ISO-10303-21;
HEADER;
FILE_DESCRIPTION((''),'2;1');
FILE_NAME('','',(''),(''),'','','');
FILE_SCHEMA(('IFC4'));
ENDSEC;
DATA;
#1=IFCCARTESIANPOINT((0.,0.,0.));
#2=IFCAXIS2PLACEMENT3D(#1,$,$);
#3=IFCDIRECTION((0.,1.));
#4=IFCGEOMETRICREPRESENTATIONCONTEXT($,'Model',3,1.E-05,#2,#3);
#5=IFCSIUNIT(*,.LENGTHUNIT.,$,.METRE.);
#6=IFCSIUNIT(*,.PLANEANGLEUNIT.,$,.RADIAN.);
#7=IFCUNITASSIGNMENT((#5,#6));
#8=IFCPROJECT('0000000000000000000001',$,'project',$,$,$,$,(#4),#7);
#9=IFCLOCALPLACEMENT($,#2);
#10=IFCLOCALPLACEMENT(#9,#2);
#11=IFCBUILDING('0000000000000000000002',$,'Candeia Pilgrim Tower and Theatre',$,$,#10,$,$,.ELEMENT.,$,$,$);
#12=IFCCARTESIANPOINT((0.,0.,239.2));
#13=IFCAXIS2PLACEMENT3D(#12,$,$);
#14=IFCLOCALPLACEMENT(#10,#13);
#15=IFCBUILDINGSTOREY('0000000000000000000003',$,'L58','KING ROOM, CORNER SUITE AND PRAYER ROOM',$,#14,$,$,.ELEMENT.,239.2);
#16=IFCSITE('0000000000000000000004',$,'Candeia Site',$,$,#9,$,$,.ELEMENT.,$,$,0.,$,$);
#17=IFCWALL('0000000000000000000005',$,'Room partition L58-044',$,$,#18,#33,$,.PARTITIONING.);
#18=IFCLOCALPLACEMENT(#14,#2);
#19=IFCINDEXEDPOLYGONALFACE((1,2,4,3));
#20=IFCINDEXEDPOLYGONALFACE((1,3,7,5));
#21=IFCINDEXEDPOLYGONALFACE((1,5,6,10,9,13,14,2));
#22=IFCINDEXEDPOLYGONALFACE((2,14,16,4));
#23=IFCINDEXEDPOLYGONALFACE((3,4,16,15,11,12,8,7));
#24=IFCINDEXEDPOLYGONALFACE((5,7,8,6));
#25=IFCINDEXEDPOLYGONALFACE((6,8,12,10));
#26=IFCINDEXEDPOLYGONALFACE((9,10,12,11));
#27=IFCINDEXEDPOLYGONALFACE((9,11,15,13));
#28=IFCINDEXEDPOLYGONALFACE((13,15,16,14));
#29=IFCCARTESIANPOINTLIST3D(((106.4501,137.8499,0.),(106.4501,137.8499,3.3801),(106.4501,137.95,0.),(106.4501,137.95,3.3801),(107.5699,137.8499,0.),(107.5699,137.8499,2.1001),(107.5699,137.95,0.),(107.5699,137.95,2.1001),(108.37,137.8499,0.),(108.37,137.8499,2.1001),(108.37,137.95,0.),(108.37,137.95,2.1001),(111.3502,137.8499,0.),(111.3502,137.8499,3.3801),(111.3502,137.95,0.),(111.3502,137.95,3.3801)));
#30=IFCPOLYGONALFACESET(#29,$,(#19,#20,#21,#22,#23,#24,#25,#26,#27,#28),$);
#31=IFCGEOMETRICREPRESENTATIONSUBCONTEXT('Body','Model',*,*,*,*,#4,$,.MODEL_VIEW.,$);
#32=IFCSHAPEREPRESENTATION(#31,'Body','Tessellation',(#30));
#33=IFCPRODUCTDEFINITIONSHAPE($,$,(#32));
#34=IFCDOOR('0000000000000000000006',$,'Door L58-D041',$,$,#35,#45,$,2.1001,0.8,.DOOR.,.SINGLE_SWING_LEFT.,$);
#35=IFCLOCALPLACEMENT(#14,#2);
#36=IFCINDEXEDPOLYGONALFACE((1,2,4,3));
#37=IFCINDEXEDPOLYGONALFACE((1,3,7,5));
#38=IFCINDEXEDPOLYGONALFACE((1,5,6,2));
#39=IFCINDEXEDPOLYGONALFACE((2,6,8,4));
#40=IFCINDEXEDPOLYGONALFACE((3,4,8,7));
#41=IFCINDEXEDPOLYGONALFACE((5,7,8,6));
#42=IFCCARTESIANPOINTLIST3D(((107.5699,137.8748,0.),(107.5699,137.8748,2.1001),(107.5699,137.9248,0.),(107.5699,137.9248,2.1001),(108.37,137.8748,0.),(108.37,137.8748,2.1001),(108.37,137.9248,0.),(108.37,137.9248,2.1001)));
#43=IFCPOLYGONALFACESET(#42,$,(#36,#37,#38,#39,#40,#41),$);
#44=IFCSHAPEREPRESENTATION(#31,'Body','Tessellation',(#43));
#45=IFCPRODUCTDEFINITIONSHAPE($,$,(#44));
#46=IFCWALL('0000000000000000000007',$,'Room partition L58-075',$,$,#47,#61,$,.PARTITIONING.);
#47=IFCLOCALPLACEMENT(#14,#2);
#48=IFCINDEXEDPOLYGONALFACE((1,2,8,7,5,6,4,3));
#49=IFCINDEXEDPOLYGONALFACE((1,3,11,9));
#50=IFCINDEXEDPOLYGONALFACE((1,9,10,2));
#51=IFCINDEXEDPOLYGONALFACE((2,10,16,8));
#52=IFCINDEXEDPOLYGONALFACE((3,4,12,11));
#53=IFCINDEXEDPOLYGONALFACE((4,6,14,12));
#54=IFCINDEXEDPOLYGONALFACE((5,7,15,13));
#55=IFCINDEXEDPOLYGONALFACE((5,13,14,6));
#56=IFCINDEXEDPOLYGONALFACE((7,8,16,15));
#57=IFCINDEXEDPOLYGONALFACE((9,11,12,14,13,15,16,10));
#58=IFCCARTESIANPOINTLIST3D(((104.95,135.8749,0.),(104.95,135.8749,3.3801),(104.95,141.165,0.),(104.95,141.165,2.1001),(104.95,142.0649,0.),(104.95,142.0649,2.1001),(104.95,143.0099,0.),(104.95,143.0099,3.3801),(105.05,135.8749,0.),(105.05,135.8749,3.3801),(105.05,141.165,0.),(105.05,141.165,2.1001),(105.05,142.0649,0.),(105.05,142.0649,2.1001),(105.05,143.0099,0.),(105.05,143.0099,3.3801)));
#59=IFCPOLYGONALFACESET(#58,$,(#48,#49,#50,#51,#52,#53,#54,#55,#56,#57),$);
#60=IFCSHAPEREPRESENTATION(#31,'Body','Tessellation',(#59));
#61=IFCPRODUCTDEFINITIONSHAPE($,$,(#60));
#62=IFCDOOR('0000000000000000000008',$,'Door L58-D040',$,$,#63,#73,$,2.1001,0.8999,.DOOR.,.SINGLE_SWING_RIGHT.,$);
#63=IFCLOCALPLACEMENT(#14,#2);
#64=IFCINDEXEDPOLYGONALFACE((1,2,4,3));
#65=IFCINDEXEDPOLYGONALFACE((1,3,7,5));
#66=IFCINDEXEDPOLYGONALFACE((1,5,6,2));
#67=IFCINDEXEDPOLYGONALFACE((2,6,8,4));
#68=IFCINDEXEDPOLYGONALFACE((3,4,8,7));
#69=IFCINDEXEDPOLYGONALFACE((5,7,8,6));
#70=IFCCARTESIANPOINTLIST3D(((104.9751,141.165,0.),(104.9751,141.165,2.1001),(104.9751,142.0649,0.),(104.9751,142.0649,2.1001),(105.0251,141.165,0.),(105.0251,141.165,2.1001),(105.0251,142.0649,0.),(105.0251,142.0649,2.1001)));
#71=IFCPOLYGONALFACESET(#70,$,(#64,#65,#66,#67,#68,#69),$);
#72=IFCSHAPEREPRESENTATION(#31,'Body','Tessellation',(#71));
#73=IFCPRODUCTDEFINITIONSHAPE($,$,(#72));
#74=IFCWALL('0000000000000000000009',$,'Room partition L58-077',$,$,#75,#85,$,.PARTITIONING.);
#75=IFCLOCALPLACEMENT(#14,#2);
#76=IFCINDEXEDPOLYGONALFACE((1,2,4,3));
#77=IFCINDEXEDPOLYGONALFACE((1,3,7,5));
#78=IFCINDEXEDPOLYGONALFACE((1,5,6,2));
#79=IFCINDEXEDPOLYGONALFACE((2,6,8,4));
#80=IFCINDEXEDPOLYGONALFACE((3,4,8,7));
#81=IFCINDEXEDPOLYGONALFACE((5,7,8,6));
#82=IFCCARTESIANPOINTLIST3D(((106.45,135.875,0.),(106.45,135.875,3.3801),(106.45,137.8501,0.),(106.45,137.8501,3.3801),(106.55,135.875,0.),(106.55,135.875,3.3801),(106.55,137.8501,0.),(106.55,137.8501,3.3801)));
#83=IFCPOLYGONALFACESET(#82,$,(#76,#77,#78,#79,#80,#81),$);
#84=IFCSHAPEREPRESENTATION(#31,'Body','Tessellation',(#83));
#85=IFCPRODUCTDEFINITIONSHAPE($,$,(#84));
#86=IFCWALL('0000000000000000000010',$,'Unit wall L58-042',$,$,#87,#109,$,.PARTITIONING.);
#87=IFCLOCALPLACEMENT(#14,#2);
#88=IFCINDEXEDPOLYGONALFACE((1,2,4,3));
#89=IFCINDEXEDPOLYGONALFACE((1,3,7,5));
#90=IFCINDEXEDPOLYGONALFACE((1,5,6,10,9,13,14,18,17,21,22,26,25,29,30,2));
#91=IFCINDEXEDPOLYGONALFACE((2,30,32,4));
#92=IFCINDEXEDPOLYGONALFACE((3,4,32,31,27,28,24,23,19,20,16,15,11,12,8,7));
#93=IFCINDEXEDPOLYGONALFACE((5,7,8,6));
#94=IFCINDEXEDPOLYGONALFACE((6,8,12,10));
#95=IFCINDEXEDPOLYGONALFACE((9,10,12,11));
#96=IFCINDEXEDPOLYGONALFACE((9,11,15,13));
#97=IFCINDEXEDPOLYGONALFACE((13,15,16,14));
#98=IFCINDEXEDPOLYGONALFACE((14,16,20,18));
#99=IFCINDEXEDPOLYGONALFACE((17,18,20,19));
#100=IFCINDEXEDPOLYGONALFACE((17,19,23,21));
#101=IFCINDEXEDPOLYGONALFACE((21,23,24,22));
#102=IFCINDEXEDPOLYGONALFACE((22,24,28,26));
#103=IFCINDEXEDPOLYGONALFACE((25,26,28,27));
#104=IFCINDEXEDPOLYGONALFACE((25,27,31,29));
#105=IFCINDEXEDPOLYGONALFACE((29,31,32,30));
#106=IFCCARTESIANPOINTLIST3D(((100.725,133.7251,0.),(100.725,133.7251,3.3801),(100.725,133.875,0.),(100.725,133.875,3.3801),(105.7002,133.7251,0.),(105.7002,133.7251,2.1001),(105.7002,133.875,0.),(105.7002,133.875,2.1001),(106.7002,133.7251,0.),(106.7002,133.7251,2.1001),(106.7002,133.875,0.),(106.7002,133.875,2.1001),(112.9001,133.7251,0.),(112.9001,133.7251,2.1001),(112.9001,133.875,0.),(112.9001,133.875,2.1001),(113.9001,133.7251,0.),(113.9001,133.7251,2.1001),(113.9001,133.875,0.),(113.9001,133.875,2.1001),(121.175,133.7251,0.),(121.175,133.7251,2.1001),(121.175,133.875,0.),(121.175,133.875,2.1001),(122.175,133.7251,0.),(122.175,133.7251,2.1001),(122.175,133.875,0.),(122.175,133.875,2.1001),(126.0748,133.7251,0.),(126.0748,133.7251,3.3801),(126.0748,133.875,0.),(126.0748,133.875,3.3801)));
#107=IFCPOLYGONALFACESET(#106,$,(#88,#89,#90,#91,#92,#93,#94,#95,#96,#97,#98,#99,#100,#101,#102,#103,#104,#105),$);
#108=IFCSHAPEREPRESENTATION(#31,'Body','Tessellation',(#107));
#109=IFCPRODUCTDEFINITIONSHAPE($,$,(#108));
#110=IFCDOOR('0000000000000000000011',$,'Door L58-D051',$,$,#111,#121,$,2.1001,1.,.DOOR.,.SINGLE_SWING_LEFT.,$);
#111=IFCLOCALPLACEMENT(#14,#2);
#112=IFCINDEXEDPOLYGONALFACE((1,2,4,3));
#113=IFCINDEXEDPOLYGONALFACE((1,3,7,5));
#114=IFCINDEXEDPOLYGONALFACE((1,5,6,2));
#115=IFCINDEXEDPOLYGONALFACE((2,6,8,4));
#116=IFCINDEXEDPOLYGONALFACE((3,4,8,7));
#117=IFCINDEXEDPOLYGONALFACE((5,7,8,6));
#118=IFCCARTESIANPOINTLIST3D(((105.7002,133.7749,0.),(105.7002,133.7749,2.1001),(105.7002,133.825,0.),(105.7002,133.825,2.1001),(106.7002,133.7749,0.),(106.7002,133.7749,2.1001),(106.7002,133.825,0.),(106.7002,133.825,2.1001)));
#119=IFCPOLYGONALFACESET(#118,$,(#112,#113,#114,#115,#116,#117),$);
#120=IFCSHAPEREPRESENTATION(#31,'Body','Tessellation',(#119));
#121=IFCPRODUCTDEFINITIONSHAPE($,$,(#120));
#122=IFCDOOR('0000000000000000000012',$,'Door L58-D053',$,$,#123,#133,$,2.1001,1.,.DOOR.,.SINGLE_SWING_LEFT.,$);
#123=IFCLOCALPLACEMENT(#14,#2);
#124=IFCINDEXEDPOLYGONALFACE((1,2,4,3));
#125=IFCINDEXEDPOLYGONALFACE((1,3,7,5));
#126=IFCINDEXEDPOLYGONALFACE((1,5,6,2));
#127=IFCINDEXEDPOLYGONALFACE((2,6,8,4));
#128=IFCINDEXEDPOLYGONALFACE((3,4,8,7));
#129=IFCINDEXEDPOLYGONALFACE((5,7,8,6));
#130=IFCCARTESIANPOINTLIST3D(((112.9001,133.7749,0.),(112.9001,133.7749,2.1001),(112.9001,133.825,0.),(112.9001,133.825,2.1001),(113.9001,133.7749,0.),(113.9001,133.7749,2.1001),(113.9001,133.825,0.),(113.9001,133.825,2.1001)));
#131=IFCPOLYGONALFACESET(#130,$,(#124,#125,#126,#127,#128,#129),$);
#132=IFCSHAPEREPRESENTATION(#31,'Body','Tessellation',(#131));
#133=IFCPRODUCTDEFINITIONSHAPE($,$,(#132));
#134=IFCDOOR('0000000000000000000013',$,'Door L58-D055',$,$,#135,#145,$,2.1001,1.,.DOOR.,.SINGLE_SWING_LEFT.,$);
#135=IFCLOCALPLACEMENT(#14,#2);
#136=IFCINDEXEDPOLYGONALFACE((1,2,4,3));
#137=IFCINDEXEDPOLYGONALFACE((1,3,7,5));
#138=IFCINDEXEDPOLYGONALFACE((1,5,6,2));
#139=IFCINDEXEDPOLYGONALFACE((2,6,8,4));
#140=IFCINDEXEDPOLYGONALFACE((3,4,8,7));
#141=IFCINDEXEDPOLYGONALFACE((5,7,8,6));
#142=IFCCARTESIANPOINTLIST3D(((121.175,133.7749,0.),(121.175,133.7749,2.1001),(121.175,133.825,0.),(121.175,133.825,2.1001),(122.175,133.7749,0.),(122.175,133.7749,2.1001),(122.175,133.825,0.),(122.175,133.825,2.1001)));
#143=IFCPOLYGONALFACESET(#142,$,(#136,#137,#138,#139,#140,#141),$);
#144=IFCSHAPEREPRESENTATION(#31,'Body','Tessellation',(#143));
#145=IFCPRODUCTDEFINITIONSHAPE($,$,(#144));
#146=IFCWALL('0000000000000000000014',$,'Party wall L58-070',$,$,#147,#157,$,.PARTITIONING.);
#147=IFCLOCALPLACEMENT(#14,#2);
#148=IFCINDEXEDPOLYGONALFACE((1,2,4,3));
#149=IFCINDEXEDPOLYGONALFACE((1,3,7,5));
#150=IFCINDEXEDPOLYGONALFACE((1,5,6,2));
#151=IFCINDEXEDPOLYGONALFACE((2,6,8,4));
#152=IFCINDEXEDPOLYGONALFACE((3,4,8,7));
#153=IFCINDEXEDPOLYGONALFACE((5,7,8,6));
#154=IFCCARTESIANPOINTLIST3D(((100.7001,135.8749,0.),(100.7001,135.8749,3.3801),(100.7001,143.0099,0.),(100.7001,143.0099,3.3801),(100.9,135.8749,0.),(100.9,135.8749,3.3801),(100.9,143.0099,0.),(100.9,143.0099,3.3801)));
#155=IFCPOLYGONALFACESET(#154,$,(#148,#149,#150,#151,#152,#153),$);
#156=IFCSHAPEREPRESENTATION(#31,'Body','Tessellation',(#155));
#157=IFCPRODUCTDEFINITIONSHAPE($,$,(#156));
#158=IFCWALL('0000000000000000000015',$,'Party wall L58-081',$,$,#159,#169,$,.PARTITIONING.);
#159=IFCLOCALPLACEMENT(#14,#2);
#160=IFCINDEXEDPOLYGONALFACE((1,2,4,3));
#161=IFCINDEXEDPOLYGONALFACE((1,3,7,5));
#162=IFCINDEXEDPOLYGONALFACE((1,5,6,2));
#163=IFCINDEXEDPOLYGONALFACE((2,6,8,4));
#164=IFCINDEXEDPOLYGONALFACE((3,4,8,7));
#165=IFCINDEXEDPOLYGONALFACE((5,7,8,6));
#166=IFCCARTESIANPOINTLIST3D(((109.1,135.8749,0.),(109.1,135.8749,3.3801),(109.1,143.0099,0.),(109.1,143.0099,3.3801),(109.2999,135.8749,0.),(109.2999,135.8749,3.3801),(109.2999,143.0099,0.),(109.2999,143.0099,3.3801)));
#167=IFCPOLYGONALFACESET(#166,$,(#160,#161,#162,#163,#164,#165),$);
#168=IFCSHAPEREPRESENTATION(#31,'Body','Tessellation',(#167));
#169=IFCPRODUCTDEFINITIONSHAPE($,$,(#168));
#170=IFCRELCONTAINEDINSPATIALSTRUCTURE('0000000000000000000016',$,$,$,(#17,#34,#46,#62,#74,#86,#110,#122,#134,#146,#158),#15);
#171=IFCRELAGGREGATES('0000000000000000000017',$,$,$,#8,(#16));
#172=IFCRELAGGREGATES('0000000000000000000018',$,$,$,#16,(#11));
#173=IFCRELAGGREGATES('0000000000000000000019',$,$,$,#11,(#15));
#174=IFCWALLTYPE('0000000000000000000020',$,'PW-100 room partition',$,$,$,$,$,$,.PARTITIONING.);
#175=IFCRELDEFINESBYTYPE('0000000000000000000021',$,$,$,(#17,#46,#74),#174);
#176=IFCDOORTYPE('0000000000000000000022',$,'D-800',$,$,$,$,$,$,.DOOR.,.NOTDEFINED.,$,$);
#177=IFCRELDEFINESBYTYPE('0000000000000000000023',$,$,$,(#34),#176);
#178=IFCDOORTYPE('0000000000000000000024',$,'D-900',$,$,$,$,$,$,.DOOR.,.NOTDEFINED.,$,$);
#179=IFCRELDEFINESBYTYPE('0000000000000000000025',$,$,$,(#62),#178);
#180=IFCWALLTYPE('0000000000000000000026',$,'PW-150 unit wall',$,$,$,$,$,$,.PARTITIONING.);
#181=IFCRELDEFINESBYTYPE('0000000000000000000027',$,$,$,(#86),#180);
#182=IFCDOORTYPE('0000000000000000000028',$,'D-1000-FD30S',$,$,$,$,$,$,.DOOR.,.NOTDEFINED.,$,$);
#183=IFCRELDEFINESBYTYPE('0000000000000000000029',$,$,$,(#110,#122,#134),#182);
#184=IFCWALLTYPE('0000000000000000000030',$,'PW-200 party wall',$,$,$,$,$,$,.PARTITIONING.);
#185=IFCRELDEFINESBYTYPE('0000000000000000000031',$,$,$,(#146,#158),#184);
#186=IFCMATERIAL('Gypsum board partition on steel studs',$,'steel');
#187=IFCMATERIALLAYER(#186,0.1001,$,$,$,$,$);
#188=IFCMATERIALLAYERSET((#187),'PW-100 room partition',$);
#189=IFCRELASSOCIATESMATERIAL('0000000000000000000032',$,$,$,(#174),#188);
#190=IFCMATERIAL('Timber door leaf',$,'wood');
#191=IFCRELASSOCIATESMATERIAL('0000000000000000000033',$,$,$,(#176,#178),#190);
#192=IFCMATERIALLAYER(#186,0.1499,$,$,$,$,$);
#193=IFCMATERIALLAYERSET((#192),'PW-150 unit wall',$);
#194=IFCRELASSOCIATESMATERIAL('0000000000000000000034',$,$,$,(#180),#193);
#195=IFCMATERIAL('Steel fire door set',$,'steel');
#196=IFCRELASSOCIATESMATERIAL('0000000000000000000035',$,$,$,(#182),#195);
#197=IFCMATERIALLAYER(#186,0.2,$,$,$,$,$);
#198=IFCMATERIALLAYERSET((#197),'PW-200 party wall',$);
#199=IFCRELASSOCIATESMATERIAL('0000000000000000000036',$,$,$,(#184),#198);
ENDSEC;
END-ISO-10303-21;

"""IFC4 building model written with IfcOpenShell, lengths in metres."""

from ifc_helpers import new_model, si_unit, direction, frame, frame_2d, origin, place, context, subcontext, project, spatial, rectangle, extrude, material, layer, layer_set, type_object, element, fill, save


model = new_model("IFC4")

# Units and contexts
model_context = context("Model", 3, precision=1e-05, world=origin(), true_north=direction((0.0, 1.0)))
body_context = subcontext(model_context, "Body", "Model", "MODEL_VIEW")
ifc_project = project(units=[si_unit("LENGTHUNIT", "METRE"), si_unit("PLANEANGLEUNIT", "RADIAN")], contexts=[model_context])

# Site, building, storey
site_placement = place(None, origin())
site = spatial("IfcSite", under=ifc_project, at=site_placement, Name="Candeia Site", CompositionType="ELEMENT", RefElevation=0.0)
building_placement = place(site_placement, origin())
building = spatial("IfcBuilding", under=site, at=building_placement, Name="Candeia Pilgrim Tower and Theatre", CompositionType="ELEMENT")
storey_placement = place(building_placement, frame((0.0, 0.0, 239.2)))
storey = spatial("IfcBuildingStorey", under=building, at=storey_placement, Name="L58", Description="KING ROOM, CORNER SUITE AND PRAYER ROOM", CompositionType="ELEMENT", Elevation=239.2)

# Walls, openings, doors
ifc_material_1 = material(Name="Gypsum board partition on steel studs", Category="steel")
ifc_layer_1 = layer(ifc_material_1, 0.1001)
ifc_layer_set_1 = layer_set([ifc_layer_1], Name="PW-100 room partition")
wall_type_1 = type_object("IfcWallType", Name="PW-100 room partition", PredefinedType="PARTITIONING", material=ifc_layer_set_1)
wall_1_placement = place(storey_placement, frame((106.45, 137.8999, 0.0), z_axis=(0.0, 0.0, 1.0), x_axis=(1.0, 0.0, 0.0)))
wall_1 = element("IfcWall", 1, at=wall_1_placement, inside=storey, type_object=wall_type_1, Name="Room partition L58-044", PredefinedType="PARTITIONING", context=body_context, shape_type="SweptSolid", body=[
    extrude(rectangle(XDim=4.9001, YDim=0.1001, at=frame_2d((2.4502, 0.0))), origin(), (0.0, 0.0, 1.0), 3.3801),
])
opening_1_placement = place(wall_1_placement, frame((1.1201, 0.0, 0.0)))
opening_1 = element("IfcOpeningElement", 2, at=opening_1_placement, cuts=wall_1, PredefinedType="OPENING", context=body_context, shape_type="SweptSolid", body=[
    extrude(rectangle(XDim=0.8, YDim=2.1001, at=frame_2d((0.3999, 1.05))), frame((0.0, 0.0601, 0.0), z_axis=(0.0, -1.0, 0.0), x_axis=(1.0, 0.0, 0.0)), (0.0, 0.0, 1.0), 0.1201),
])
ifc_material_2 = material(Name="Timber door leaf", Category="wood")
door_type_1 = type_object("IfcDoorType", Name="D-800", OperationType="NOTDEFINED", PredefinedType="DOOR", material=ifc_material_2)
door_1_placement = place(opening_1_placement, origin())
door_1 = element("IfcDoor", 3, at=door_1_placement, inside=storey, type_object=door_type_1, Name="Door L58-D041", OperationType="SINGLE_SWING_LEFT", OverallHeight=2.1001, OverallWidth=0.8, PredefinedType="DOOR", context=body_context, shape_type="SweptSolid", body=[
    extrude(rectangle(XDim=0.8, YDim=2.1001, at=frame_2d((0.3999, 1.05))), frame((0.0, 0.0249, 0.0), z_axis=(0.0, -1.0, 0.0), x_axis=(1.0, 0.0, 0.0)), (0.0, 0.0, 1.0), 0.05),
])
fill(opening_1, door_1)
wall_2_placement = place(storey_placement, frame((105.0, 135.875, 0.0), z_axis=(0.0, 0.0, 1.0), x_axis=(0.0, 1.0, 0.0)))
wall_2 = element("IfcWall", 4, at=wall_2_placement, inside=storey, type_object=wall_type_1, Name="Room partition L58-075", PredefinedType="PARTITIONING", context=body_context, shape_type="SweptSolid", body=[
    extrude(rectangle(XDim=7.135, YDim=0.1001, at=frame_2d((3.5674, 0.0))), origin(), (0.0, 0.0, 1.0), 3.3801),
])
opening_2_placement = place(wall_2_placement, frame((5.29, 0.0, 0.0)))
opening_2 = element("IfcOpeningElement", 5, at=opening_2_placement, cuts=wall_2, PredefinedType="OPENING", context=body_context, shape_type="SweptSolid", body=[
    extrude(rectangle(XDim=0.8999, YDim=2.1001, at=frame_2d((0.45, 1.05))), frame((0.0, 0.0601, 0.0), z_axis=(0.0, -1.0, 0.0), x_axis=(1.0, 0.0, 0.0)), (0.0, 0.0, 1.0), 0.1201),
])
door_type_2 = type_object("IfcDoorType", Name="D-900", OperationType="NOTDEFINED", PredefinedType="DOOR", material=ifc_material_2)
door_2_placement = place(opening_2_placement, origin())
door_2 = element("IfcDoor", 6, at=door_2_placement, inside=storey, type_object=door_type_2, Name="Door L58-D040", OperationType="SINGLE_SWING_RIGHT", OverallHeight=2.1001, OverallWidth=0.8999, PredefinedType="DOOR", context=body_context, shape_type="SweptSolid", body=[
    extrude(rectangle(XDim=0.8999, YDim=2.1001, at=frame_2d((0.45, 1.05))), frame((0.0, 0.0249, 0.0), z_axis=(0.0, -1.0, 0.0), x_axis=(1.0, 0.0, 0.0)), (0.0, 0.0, 1.0), 0.05),
])
fill(opening_2, door_2)

# Wall
wall_3_placement = place(storey_placement, frame((106.5, 135.875, 0.0), z_axis=(0.0, 0.0, 1.0), x_axis=(0.0, 1.0, 0.0)))
element("IfcWall", 7, at=wall_3_placement, inside=storey, type_object=wall_type_1, Name="Room partition L58-077", PredefinedType="PARTITIONING", context=body_context, shape_type="SweptSolid", body=[
    extrude(rectangle(XDim=1.9751, YDim=0.1001, at=frame_2d((0.9875, 0.0))), origin(), (0.0, 0.0, 1.0), 3.3801),
])

# Wall, openings, doors
ifc_layer_2 = layer(ifc_material_1, 0.1499)
ifc_layer_set_2 = layer_set([ifc_layer_2], Name="PW-150 unit wall")
wall_type_2 = type_object("IfcWallType", Name="PW-150 unit wall", PredefinedType="PARTITIONING", material=ifc_layer_set_2)
wall_4_placement = place(storey_placement, frame((100.7251, 133.8, 0.0), z_axis=(0.0, 0.0, 1.0), x_axis=(1.0, 0.0, 0.0)))
wall_4 = element("IfcWall", 8, at=wall_4_placement, inside=storey, type_object=wall_type_2, Name="Unit wall L58-042", PredefinedType="PARTITIONING", context=body_context, shape_type="SweptSolid", body=[
    extrude(rectangle(XDim=25.3499, YDim=0.1499, at=frame_2d((12.6748, 0.0))), origin(), (0.0, 0.0, 1.0), 3.3801),
])
opening_3_placement = place(wall_4_placement, frame((4.9751, 0.0, 0.0)))
opening_3 = element("IfcOpeningElement", 9, at=opening_3_placement, cuts=wall_4, PredefinedType="OPENING", context=body_context, shape_type="SweptSolid", body=[
    extrude(rectangle(XDim=1.0, YDim=2.1001, at=frame_2d((0.5, 1.05))), frame((0.0, 0.085, 0.0), z_axis=(0.0, -1.0, 0.0), x_axis=(1.0, 0.0, 0.0)), (0.0, 0.0, 1.0), 0.1699),
])
opening_4_placement = place(wall_4_placement, frame((12.175, 0.0, 0.0)))
opening_4 = element("IfcOpeningElement", 10, at=opening_4_placement, cuts=wall_4, PredefinedType="OPENING", context=body_context, shape_type="SweptSolid", body=[
    extrude(rectangle(XDim=1.0, YDim=2.1001, at=frame_2d((0.5, 1.05))), frame((0.0, 0.085, 0.0), z_axis=(0.0, -1.0, 0.0), x_axis=(1.0, 0.0, 0.0)), (0.0, 0.0, 1.0), 0.1699),
])
opening_5_placement = place(wall_4_placement, frame((20.45, 0.0, 0.0)))
opening_5 = element("IfcOpeningElement", 11, at=opening_5_placement, cuts=wall_4, PredefinedType="OPENING", context=body_context, shape_type="SweptSolid", body=[
    extrude(rectangle(XDim=1.0, YDim=2.1001, at=frame_2d((0.5, 1.05))), frame((0.0, 0.085, 0.0), z_axis=(0.0, -1.0, 0.0), x_axis=(1.0, 0.0, 0.0)), (0.0, 0.0, 1.0), 0.1699),
])
ifc_material_3 = material(Name="Steel fire door set", Category="steel")
door_type_3 = type_object("IfcDoorType", Name="D-1000-FD30S", OperationType="NOTDEFINED", PredefinedType="DOOR", material=ifc_material_3)
door_3_placement = place(opening_3_placement, origin())
door_3 = element("IfcDoor", 12, at=door_3_placement, inside=storey, type_object=door_type_3, Name="Door L58-D051", OperationType="SINGLE_SWING_LEFT", OverallHeight=2.1001, OverallWidth=1.0, PredefinedType="DOOR", context=body_context, shape_type="SweptSolid", body=[
    extrude(rectangle(XDim=1.0, YDim=2.1001, at=frame_2d((0.5, 1.05))), frame((0.0, 0.0249, 0.0), z_axis=(0.0, -1.0, 0.0), x_axis=(1.0, 0.0, 0.0)), (0.0, 0.0, 1.0), 0.05),
])
fill(opening_3, door_3)
door_4_placement = place(opening_4_placement, origin())
door_4 = element("IfcDoor", 13, at=door_4_placement, inside=storey, type_object=door_type_3, Name="Door L58-D053", OperationType="SINGLE_SWING_LEFT", OverallHeight=2.1001, OverallWidth=1.0, PredefinedType="DOOR", context=body_context, shape_type="SweptSolid", body=[
    extrude(rectangle(XDim=1.0, YDim=2.1001, at=frame_2d((0.5, 1.05))), frame((0.0, 0.0249, 0.0), z_axis=(0.0, -1.0, 0.0), x_axis=(1.0, 0.0, 0.0)), (0.0, 0.0, 1.0), 0.05),
])
fill(opening_4, door_4)
door_5_placement = place(opening_5_placement, origin())
door_5 = element("IfcDoor", 14, at=door_5_placement, inside=storey, type_object=door_type_3, Name="Door L58-D055", OperationType="SINGLE_SWING_LEFT", OverallHeight=2.1001, OverallWidth=1.0, PredefinedType="DOOR", context=body_context, shape_type="SweptSolid", body=[
    extrude(rectangle(XDim=1.0, YDim=2.1001, at=frame_2d((0.5, 1.05))), frame((0.0, 0.0249, 0.0), z_axis=(0.0, -1.0, 0.0), x_axis=(1.0, 0.0, 0.0)), (0.0, 0.0, 1.0), 0.05),
])
fill(opening_5, door_5)

# Walls
ifc_layer_3 = layer(ifc_material_1, 0.2)
ifc_layer_set_3 = layer_set([ifc_layer_3], Name="PW-200 party wall")
wall_type_3 = type_object("IfcWallType", Name="PW-200 party wall", PredefinedType="PARTITIONING", material=ifc_layer_set_3)
for number, where, z_axis, x_axis, name in (
    (15, (100.8, 135.875, 0.0), (0.0, 0.0, 1.0), (0.0, 1.0, 0.0), "Party wall L58-070"),
    (16, (109.2, 135.875, 0.0), (0.0, 0.0, 1.0), (0.0, 1.0, 0.0), "Party wall L58-081"),
):
    element("IfcWall", number, at=place(storey_placement, frame(where, z_axis=z_axis, x_axis=x_axis)), inside=storey, type_object=wall_type_3, Name=name, PredefinedType="PARTITIONING", context=body_context, shape_type="SweptSolid", body=[
        extrude(rectangle(XDim=7.135, YDim=0.2, at=frame_2d((3.5674, 0.0))), origin(), (0.0, 0.0, 1.0), 3.3801),
    ])

save(model, "model.ifc")
